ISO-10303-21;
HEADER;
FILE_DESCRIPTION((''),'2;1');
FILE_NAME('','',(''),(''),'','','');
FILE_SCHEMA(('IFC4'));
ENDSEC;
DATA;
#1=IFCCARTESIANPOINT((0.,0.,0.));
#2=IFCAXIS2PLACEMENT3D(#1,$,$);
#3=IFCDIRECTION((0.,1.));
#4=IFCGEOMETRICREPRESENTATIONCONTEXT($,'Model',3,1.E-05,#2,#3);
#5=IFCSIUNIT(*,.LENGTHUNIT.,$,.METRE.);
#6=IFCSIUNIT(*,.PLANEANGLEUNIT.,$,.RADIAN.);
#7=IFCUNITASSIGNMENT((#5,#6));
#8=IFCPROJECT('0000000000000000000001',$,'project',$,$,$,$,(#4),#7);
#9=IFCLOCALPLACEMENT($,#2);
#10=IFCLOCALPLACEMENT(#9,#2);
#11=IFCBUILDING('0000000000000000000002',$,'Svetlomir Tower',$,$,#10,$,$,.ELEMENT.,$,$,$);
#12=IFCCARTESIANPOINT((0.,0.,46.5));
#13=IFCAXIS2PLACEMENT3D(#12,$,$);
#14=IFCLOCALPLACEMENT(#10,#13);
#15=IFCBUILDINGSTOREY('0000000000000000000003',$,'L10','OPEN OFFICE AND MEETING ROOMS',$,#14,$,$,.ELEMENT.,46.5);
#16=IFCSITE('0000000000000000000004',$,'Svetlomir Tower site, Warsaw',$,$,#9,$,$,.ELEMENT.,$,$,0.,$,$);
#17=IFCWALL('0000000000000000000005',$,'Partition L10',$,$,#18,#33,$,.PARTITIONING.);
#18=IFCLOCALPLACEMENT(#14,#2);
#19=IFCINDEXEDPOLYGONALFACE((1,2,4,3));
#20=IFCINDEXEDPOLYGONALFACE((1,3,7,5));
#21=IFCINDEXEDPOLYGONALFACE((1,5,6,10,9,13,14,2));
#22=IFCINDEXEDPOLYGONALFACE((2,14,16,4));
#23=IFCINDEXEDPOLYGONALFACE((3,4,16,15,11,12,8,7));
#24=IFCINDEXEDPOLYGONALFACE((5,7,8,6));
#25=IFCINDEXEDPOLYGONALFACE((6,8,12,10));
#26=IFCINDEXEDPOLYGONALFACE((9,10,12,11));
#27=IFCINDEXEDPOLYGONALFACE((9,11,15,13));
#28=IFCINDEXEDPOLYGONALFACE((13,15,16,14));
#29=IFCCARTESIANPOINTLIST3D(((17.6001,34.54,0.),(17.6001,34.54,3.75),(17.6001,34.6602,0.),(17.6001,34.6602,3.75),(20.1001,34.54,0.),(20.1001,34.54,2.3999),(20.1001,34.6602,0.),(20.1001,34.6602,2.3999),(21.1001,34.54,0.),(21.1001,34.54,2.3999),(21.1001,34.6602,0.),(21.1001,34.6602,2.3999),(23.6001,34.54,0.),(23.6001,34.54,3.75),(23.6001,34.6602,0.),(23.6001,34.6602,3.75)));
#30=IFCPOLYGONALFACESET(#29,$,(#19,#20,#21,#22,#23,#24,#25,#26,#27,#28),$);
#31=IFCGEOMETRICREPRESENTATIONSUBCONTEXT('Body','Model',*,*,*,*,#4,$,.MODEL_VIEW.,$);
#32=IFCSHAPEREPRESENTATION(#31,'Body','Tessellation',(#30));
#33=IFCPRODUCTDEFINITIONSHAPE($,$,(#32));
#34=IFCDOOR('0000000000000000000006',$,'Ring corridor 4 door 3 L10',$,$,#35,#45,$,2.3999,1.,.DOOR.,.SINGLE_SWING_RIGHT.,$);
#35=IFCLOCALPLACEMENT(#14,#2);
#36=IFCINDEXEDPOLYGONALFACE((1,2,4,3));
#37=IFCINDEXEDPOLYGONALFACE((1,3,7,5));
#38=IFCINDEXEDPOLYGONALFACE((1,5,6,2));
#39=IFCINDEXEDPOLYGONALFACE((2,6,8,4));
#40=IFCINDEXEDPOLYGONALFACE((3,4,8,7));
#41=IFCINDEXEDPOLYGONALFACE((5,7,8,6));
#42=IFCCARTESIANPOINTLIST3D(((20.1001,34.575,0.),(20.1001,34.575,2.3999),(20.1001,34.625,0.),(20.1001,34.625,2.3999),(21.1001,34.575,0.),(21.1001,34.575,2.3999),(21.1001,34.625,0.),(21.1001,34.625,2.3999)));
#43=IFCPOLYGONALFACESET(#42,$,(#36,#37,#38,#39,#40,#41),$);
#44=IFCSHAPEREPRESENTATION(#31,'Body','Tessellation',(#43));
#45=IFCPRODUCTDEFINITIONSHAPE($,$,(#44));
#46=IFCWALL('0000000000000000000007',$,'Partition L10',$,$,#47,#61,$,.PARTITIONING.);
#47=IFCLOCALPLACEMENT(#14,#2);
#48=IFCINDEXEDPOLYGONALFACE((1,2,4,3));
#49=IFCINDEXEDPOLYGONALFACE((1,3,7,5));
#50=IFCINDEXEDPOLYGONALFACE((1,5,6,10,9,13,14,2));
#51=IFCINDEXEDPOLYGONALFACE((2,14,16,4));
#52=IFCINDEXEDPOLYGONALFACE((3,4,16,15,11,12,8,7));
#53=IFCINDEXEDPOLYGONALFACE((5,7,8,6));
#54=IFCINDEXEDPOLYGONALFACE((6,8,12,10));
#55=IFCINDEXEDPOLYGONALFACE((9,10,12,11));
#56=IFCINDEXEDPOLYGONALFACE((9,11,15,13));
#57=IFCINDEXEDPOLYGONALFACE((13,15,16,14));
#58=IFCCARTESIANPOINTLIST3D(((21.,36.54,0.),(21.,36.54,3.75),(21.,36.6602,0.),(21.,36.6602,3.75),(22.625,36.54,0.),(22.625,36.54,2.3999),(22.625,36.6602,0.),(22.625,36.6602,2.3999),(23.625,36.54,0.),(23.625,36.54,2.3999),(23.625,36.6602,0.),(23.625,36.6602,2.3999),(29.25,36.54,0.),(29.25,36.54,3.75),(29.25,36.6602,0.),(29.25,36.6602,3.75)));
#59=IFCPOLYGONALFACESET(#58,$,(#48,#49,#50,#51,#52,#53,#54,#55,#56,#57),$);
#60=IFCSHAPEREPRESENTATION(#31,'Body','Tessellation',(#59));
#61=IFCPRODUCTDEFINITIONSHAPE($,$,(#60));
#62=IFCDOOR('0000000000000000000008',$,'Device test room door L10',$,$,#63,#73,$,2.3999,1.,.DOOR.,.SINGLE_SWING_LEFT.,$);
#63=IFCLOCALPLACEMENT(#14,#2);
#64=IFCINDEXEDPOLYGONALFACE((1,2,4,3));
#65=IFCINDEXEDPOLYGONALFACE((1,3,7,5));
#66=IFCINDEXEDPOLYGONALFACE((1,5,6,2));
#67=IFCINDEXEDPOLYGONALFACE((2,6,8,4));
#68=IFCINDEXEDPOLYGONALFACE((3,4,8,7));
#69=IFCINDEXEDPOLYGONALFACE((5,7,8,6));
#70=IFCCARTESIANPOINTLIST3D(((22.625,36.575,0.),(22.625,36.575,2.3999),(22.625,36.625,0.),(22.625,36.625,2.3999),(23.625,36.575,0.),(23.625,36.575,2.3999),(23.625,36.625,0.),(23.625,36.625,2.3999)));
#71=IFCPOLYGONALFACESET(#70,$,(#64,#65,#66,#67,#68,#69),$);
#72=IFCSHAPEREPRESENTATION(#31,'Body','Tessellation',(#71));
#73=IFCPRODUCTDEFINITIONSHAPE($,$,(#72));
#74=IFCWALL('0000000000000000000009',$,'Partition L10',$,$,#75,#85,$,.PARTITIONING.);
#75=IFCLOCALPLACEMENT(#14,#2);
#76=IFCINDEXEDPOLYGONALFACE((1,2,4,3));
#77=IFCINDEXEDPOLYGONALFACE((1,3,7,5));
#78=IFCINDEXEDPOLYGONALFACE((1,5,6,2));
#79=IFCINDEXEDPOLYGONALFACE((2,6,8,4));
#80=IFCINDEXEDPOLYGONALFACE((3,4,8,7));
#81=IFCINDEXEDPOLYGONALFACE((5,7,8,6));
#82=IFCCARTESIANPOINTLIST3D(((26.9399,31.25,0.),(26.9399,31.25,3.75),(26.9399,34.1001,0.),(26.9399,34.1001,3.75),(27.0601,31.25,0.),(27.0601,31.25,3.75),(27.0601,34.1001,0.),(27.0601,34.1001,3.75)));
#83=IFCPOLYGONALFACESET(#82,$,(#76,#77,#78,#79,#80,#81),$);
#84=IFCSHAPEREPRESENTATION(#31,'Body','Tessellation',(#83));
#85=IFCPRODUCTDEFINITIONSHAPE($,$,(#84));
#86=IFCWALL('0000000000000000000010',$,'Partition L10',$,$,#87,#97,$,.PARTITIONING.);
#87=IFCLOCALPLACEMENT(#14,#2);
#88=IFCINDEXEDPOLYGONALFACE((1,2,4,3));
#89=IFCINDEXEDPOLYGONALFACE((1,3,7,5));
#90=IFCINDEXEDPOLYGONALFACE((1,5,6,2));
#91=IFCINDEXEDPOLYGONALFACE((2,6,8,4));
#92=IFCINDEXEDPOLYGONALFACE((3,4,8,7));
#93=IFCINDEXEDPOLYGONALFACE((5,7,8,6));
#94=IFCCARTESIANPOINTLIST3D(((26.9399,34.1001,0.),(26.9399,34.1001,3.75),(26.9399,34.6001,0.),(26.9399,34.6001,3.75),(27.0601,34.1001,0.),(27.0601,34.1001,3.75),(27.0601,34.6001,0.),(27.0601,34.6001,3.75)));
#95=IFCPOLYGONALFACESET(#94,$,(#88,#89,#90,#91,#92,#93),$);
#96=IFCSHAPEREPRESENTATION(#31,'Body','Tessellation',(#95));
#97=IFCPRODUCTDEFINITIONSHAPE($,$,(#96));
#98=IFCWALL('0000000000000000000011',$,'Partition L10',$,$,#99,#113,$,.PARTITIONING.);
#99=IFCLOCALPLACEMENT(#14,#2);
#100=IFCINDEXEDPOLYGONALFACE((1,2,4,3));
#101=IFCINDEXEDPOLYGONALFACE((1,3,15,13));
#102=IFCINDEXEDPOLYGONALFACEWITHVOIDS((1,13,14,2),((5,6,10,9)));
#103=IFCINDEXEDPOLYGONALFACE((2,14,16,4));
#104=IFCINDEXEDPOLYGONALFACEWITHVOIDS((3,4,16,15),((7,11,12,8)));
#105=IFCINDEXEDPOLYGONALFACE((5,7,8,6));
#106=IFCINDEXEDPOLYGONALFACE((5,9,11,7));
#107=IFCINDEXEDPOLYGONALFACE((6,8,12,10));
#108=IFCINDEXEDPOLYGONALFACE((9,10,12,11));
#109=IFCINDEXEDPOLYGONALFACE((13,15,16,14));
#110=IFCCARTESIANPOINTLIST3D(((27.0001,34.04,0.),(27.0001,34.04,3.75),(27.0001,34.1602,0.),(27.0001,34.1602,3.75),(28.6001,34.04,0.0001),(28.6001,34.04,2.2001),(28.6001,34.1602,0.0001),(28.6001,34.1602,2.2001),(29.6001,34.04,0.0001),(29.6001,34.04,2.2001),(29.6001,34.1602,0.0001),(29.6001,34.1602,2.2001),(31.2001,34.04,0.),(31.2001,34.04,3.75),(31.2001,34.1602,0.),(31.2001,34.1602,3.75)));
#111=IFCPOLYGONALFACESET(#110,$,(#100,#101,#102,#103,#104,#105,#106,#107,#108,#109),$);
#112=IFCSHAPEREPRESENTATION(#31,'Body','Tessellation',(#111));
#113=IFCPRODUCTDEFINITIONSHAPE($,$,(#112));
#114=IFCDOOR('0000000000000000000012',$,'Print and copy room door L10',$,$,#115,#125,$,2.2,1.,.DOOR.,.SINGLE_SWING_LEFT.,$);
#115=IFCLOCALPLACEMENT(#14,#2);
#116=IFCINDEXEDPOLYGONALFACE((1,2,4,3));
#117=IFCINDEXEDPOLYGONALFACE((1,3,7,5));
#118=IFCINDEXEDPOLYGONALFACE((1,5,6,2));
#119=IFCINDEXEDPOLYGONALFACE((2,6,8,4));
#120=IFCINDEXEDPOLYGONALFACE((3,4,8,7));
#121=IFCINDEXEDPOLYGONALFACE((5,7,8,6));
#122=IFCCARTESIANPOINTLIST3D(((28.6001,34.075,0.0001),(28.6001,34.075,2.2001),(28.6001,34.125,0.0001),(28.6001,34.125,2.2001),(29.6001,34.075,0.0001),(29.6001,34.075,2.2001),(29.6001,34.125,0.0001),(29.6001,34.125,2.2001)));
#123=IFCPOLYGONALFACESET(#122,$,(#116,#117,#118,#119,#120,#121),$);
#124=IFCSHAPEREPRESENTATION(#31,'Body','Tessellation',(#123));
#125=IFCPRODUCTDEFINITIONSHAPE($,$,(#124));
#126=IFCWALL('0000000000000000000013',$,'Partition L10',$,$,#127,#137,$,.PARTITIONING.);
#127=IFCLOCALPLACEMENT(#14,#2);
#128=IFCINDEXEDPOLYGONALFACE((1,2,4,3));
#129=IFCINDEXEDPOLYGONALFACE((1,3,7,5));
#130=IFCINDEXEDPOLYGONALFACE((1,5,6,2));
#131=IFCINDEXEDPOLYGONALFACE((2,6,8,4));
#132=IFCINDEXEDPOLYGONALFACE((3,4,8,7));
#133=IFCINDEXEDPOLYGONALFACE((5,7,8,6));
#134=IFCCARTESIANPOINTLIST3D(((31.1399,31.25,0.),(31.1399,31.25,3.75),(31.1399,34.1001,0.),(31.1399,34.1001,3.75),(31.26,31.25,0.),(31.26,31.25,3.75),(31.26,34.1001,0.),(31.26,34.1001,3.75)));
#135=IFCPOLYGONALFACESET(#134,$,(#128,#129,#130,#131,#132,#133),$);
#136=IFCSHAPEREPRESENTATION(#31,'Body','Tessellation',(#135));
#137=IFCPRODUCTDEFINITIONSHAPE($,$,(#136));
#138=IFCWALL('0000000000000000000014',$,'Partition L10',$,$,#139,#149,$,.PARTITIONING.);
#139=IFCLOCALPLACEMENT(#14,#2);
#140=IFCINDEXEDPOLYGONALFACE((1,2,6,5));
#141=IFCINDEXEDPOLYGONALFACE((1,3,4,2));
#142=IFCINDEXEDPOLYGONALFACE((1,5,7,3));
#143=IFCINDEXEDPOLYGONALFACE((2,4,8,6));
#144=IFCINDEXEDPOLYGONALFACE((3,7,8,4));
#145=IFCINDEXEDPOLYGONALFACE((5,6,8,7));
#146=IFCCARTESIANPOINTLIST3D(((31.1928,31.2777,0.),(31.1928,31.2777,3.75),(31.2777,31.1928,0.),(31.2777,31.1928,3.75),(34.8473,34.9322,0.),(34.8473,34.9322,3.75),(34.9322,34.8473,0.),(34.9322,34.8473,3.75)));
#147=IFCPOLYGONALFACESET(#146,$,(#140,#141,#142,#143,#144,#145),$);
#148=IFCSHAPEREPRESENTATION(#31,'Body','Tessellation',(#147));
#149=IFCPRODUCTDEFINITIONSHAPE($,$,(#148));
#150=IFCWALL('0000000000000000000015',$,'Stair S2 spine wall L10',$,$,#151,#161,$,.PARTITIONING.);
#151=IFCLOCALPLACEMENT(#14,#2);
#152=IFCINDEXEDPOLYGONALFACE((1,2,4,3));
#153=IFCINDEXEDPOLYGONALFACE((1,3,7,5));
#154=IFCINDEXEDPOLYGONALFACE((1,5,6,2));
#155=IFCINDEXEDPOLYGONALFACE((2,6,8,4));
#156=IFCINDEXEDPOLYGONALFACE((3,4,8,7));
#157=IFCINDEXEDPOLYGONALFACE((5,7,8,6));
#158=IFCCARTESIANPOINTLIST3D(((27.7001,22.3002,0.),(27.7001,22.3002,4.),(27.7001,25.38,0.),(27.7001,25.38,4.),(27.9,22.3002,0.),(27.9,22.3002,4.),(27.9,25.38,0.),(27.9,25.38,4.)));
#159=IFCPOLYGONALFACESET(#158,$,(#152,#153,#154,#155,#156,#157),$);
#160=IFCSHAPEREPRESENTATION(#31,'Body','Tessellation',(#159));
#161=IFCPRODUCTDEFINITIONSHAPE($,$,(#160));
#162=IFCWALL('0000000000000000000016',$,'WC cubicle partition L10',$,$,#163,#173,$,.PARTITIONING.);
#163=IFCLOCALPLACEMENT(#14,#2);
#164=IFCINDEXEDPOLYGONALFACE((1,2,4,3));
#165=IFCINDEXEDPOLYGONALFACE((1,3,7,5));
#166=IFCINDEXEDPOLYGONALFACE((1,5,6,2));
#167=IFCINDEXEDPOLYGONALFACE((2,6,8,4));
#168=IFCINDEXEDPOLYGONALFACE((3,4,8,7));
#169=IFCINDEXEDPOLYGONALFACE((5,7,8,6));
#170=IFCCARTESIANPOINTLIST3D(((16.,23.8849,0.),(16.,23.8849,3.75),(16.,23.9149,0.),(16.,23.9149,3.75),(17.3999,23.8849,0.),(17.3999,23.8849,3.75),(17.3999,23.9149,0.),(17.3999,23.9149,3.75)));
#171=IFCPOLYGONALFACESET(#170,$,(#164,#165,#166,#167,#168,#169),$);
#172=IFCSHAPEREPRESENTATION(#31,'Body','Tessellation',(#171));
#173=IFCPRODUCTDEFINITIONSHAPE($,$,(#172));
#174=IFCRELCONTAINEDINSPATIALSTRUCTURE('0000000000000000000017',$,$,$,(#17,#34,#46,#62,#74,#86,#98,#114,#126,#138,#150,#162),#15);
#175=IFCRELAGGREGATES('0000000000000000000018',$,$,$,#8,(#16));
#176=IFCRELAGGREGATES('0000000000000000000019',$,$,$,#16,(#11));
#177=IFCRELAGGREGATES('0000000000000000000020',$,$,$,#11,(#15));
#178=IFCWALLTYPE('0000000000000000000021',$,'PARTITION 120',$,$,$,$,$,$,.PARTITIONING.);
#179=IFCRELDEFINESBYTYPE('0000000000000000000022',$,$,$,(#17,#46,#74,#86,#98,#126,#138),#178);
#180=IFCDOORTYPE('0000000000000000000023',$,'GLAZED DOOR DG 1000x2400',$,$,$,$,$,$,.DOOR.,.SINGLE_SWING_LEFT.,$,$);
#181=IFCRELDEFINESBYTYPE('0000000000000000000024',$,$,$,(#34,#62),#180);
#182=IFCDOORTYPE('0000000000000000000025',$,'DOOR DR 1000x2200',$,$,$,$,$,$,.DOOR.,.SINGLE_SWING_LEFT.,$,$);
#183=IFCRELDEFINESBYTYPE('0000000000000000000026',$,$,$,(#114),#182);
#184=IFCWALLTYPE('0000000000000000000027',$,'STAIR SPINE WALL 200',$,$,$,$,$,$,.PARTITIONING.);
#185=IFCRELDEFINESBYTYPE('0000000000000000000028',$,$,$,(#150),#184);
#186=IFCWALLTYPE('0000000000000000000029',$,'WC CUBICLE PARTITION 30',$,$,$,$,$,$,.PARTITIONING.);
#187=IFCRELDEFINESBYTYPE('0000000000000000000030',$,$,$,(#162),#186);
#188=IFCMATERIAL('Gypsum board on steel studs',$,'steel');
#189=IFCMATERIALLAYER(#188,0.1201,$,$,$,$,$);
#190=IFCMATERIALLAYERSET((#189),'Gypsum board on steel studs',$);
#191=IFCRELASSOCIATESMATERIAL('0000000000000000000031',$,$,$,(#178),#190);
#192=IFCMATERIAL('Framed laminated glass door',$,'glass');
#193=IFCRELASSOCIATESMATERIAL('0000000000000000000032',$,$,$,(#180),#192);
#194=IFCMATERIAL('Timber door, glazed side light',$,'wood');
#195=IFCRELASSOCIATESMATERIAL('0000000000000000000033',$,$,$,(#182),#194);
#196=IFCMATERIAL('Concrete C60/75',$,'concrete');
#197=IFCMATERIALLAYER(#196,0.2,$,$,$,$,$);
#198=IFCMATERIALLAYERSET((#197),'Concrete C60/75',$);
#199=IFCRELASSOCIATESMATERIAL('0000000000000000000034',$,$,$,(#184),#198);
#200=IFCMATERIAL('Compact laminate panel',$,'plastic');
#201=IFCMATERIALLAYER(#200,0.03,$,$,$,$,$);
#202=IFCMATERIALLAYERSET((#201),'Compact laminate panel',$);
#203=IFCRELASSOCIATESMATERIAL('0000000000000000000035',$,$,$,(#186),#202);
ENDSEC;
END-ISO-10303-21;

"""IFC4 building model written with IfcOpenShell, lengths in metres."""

from ifc_helpers import new_model, si_unit, direction, frame, frame_2d, origin, place, context, subcontext, project, spatial, rectangle, extrude, material, layer, layer_set, type_object, element, fill, save


model = new_model("IFC4")

# Units and contexts
model_context = context("Model", 3, precision=1e-05, world=origin(), true_north=direction((0.0, 1.0)))
body_context = subcontext(model_context, "Body", "Model", "MODEL_VIEW")
ifc_project = project(units=[si_unit("LENGTHUNIT", "METRE"), si_unit("PLANEANGLEUNIT", "RADIAN")], contexts=[model_context])

# Site, building, storey
site_placement = place(None, origin())
site = spatial("IfcSite", under=ifc_project, at=site_placement, Name="Svetlomir Tower site, Warsaw", CompositionType="ELEMENT", RefElevation=0.0)
building_placement = place(site_placement, origin())
building = spatial("IfcBuilding", under=site, at=building_placement, Name="Svetlomir Tower", CompositionType="ELEMENT")
storey_placement = place(building_placement, frame((0.0, 0.0, 46.5)))
storey = spatial("IfcBuildingStorey", under=building, at=storey_placement, Name="L10", Description="OPEN OFFICE AND MEETING ROOMS", CompositionType="ELEMENT", Elevation=46.5)

# Shared definitions
ifc_material_1 = material(Name="Gypsum board on steel studs", Category="steel")
ifc_layer_1 = layer(ifc_material_1, 0.1201)
ifc_layer_set_1 = layer_set([ifc_layer_1], Name="Gypsum board on steel studs")
wall_type_1 = type_object("IfcWallType", Name="PARTITION 120", PredefinedType="PARTITIONING", material=ifc_layer_set_1)

# Walls, openings, doors
ifc_material_2 = material(Name="Framed laminated glass door", Category="glass")
door_type_1 = type_object("IfcDoorType", Name="GLAZED DOOR DG 1000x2400", OperationType="SINGLE_SWING_LEFT", PredefinedType="DOOR", material=ifc_material_2)
wall_1_placement = place(storey_placement, frame((17.6001, 34.6001, 0.0), z_axis=(0.0, 0.0, 1.0), x_axis=(1.0, 0.0, 0.0)))
wall_1 = element("IfcWall", 1, at=wall_1_placement, inside=storey, type_object=wall_type_1, Name="Partition L10", PredefinedType="PARTITIONING", context=body_context, shape_type="SweptSolid", body=[
    extrude(rectangle(XDim=6.0, YDim=0.1201, at=frame_2d((3.0, 0.0))), origin(), (0.0, 0.0, 1.0), 3.75),
])
opening_1_placement = place(wall_1_placement, frame((2.5, 0.0, 0.0)))
opening_1 = element("IfcOpeningElement", 2, at=opening_1_placement, cuts=wall_1, PredefinedType="OPENING", context=body_context, shape_type="SweptSolid", body=[
    extrude(rectangle(XDim=1.0, YDim=2.3999, at=frame_2d((0.5, 1.2))), frame((0.0, 0.0701, 0.0), z_axis=(0.0, -1.0, 0.0), x_axis=(1.0, 0.0, 0.0)), (0.0, 0.0, 1.0), 0.1401),
])
door_1_placement = place(opening_1_placement, origin())
door_1 = element("IfcDoor", 3, at=door_1_placement, inside=storey, type_object=door_type_1, Name="Ring corridor 4 door 3 L10", OperationType="SINGLE_SWING_RIGHT", OverallHeight=2.3999, OverallWidth=1.0, PredefinedType="DOOR", context=body_context, shape_type="SweptSolid", body=[
    extrude(rectangle(XDim=1.0, YDim=2.3999, at=frame_2d((0.5, 1.2))), frame((0.0, 0.0249, 0.0), z_axis=(0.0, -1.0, 0.0), x_axis=(1.0, 0.0, 0.0)), (0.0, 0.0, 1.0), 0.05),
])
fill(opening_1, door_1)
wall_2_placement = place(storey_placement, frame((21.0, 36.6001, 0.0), z_axis=(0.0, 0.0, 1.0), x_axis=(1.0, 0.0, 0.0)))
wall_2 = element("IfcWall", 4, at=wall_2_placement, inside=storey, type_object=wall_type_1, Name="Partition L10", PredefinedType="PARTITIONING", context=body_context, shape_type="SweptSolid", body=[
    extrude(rectangle(XDim=8.25, YDim=0.1201, at=frame_2d((4.125, 0.0))), origin(), (0.0, 0.0, 1.0), 3.75),
])
opening_2_placement = place(wall_2_placement, frame((1.625, 0.0, 0.0)))
opening_2 = element("IfcOpeningElement", 5, at=opening_2_placement, cuts=wall_2, PredefinedType="OPENING", context=body_context, shape_type="SweptSolid", body=[
    extrude(rectangle(XDim=1.0, YDim=2.3999, at=frame_2d((0.5, 1.2))), frame((0.0, 0.0701, 0.0), z_axis=(0.0, -1.0, 0.0), x_axis=(1.0, 0.0, 0.0)), (0.0, 0.0, 1.0), 0.1401),
])
door_2_placement = place(opening_2_placement, origin())
door_2 = element("IfcDoor", 6, at=door_2_placement, inside=storey, type_object=door_type_1, Name="Device test room door L10", OperationType="SINGLE_SWING_LEFT", OverallHeight=2.3999, OverallWidth=1.0, PredefinedType="DOOR", context=body_context, shape_type="SweptSolid", body=[
    extrude(rectangle(XDim=1.0, YDim=2.3999, at=frame_2d((0.5, 1.2))), frame((0.0, 0.0249, 0.0), z_axis=(0.0, -1.0, 0.0), x_axis=(1.0, 0.0, 0.0)), (0.0, 0.0, 1.0), 0.05),
])
fill(opening_2, door_2)

# Walls
wall_3_placement = place(storey_placement, frame((27.0, 31.25, 0.0), z_axis=(0.0, 0.0, 1.0), x_axis=(0.0, 1.0, 0.0)))
element("IfcWall", 7, at=wall_3_placement, inside=storey, type_object=wall_type_1, Name="Partition L10", PredefinedType="PARTITIONING", context=body_context, shape_type="SweptSolid", body=[
    extrude(rectangle(XDim=2.8501, YDim=0.1201, at=frame_2d((1.425, 0.0))), origin(), (0.0, 0.0, 1.0), 3.75),
])
wall_4_placement = place(storey_placement, frame((27.0, 34.1001, 0.0), z_axis=(0.0, 0.0, 1.0), x_axis=(0.0, 1.0, 0.0)))
element("IfcWall", 8, at=wall_4_placement, inside=storey, type_object=wall_type_1, Name="Partition L10", PredefinedType="PARTITIONING", context=body_context, shape_type="SweptSolid", body=[
    extrude(rectangle(XDim=0.5, YDim=0.1201, at=frame_2d((0.25, 0.0))), origin(), (0.0, 0.0, 1.0), 3.75),
])

# Wall, opening, door
wall_5_placement = place(storey_placement, frame((27.0, 34.1001, 0.0), z_axis=(0.0, 0.0, 1.0), x_axis=(1.0, 0.0, 0.0)))
wall_5 = element("IfcWall", 9, at=wall_5_placement, inside=storey, type_object=wall_type_1, Name="Partition L10", PredefinedType="PARTITIONING", context=body_context, shape_type="SweptSolid", body=[
    extrude(rectangle(XDim=4.2, YDim=0.1201, at=frame_2d((2.1001, 0.0))), origin(), (0.0, 0.0, 1.0), 3.75),
])
opening_3_placement = place(wall_5_placement, frame((1.6001, 0.0, 0.0)))
opening_3 = element("IfcOpeningElement", 10, at=opening_3_placement, cuts=wall_5, PredefinedType="OPENING", context=body_context, shape_type="SweptSolid", body=[
    extrude(rectangle(XDim=1.0, YDim=2.2, at=frame_2d((0.5, 1.1001))), frame((0.0, 0.0701, 0.0), z_axis=(0.0, -1.0, 0.0), x_axis=(1.0, 0.0, 0.0)), (0.0, 0.0, 1.0), 0.1401),
])
ifc_material_3 = material(Name="Timber door, glazed side light", Category="wood")
door_type_2 = type_object("IfcDoorType", Name="DOOR DR 1000x2200", OperationType="SINGLE_SWING_LEFT", PredefinedType="DOOR", material=ifc_material_3)
door_3_placement = place(opening_3_placement, origin())
door_3 = element("IfcDoor", 11, at=door_3_placement, inside=storey, type_object=door_type_2, Name="Print and copy room door L10", OperationType="SINGLE_SWING_LEFT", OverallHeight=2.2, OverallWidth=1.0, PredefinedType="DOOR", context=body_context, shape_type="SweptSolid", body=[
    extrude(rectangle(XDim=1.0, YDim=2.2, at=frame_2d((0.5, 1.1001))), frame((0.0, 0.0249, 0.0), z_axis=(0.0, -1.0, 0.0), x_axis=(1.0, 0.0, 0.0)), (0.0, 0.0, 1.0), 0.05),
])
fill(opening_3, door_3)

# Walls
wall_6_placement = place(storey_placement, frame((31.2, 31.25, 0.0), z_axis=(0.0, 0.0, 1.0), x_axis=(0.0, 1.0, 0.0)))
element("IfcWall", 12, at=wall_6_placement, inside=storey, type_object=wall_type_1, Name="Partition L10", PredefinedType="PARTITIONING", context=body_context, shape_type="SweptSolid", body=[
    extrude(rectangle(XDim=2.8501, YDim=0.1201, at=frame_2d((1.425, 0.0))), origin(), (0.0, 0.0, 1.0), 3.75),
])
wall_7_placement = place(storey_placement, frame((31.2354, 31.2354, 0.0), z_axis=(0.0, 0.0, 1.0), x_axis=(0.707107, 0.707107, 0.0)))
element("IfcWall", 13, at=wall_7_placement, inside=storey, type_object=wall_type_1, Name="Partition L10", PredefinedType="PARTITIONING", context=body_context, shape_type="SweptSolid", body=[
    extrude(rectangle(XDim=5.1682, YDim=0.1201, at=frame_2d((2.584, 0.0))), origin(), (0.0, 0.0, 1.0), 3.75),
])
ifc_material_4 = material(Name="Concrete C60/75", Category="concrete")
ifc_layer_2 = layer(ifc_material_4, 0.2)
ifc_layer_set_2 = layer_set([ifc_layer_2], Name="Concrete C60/75")
wall_type_2 = type_object("IfcWallType", Name="STAIR SPINE WALL 200", PredefinedType="PARTITIONING", material=ifc_layer_set_2)
wall_8_placement = place(storey_placement, frame((27.8, 22.3, 0.0), z_axis=(0.0, 0.0, 1.0), x_axis=(0.0, 1.0, 0.0)))
element("IfcWall", 14, at=wall_8_placement, inside=storey, type_object=wall_type_2, Name="Stair S2 spine wall L10", PredefinedType="PARTITIONING", context=body_context, shape_type="SweptSolid", body=[
    extrude(rectangle(XDim=3.0798, YDim=0.2, at=frame_2d((1.54, 0.0))), origin(), (0.0, 0.0, 1.0), 4.0),
])
ifc_material_5 = material(Name="Compact laminate panel", Category="plastic")
ifc_layer_3 = layer(ifc_material_5, 0.03)
ifc_layer_set_3 = layer_set([ifc_layer_3], Name="Compact laminate panel")
wall_type_3 = type_object("IfcWallType", Name="WC CUBICLE PARTITION 30", PredefinedType="PARTITIONING", material=ifc_layer_set_3)
wall_9_placement = place(storey_placement, frame((16.0, 23.8999, 0.0), z_axis=(0.0, 0.0, 1.0), x_axis=(1.0, 0.0, 0.0)))
element("IfcWall", 15, at=wall_9_placement, inside=storey, type_object=wall_type_3, Name="WC cubicle partition L10", PredefinedType="PARTITIONING", context=body_context, shape_type="SweptSolid", body=[
    extrude(rectangle(XDim=1.3999, YDim=0.03, at=frame_2d((0.7, 0.0))), origin(), (0.0, 0.0, 1.0), 3.75),
])

save(model, "model.ifc")
